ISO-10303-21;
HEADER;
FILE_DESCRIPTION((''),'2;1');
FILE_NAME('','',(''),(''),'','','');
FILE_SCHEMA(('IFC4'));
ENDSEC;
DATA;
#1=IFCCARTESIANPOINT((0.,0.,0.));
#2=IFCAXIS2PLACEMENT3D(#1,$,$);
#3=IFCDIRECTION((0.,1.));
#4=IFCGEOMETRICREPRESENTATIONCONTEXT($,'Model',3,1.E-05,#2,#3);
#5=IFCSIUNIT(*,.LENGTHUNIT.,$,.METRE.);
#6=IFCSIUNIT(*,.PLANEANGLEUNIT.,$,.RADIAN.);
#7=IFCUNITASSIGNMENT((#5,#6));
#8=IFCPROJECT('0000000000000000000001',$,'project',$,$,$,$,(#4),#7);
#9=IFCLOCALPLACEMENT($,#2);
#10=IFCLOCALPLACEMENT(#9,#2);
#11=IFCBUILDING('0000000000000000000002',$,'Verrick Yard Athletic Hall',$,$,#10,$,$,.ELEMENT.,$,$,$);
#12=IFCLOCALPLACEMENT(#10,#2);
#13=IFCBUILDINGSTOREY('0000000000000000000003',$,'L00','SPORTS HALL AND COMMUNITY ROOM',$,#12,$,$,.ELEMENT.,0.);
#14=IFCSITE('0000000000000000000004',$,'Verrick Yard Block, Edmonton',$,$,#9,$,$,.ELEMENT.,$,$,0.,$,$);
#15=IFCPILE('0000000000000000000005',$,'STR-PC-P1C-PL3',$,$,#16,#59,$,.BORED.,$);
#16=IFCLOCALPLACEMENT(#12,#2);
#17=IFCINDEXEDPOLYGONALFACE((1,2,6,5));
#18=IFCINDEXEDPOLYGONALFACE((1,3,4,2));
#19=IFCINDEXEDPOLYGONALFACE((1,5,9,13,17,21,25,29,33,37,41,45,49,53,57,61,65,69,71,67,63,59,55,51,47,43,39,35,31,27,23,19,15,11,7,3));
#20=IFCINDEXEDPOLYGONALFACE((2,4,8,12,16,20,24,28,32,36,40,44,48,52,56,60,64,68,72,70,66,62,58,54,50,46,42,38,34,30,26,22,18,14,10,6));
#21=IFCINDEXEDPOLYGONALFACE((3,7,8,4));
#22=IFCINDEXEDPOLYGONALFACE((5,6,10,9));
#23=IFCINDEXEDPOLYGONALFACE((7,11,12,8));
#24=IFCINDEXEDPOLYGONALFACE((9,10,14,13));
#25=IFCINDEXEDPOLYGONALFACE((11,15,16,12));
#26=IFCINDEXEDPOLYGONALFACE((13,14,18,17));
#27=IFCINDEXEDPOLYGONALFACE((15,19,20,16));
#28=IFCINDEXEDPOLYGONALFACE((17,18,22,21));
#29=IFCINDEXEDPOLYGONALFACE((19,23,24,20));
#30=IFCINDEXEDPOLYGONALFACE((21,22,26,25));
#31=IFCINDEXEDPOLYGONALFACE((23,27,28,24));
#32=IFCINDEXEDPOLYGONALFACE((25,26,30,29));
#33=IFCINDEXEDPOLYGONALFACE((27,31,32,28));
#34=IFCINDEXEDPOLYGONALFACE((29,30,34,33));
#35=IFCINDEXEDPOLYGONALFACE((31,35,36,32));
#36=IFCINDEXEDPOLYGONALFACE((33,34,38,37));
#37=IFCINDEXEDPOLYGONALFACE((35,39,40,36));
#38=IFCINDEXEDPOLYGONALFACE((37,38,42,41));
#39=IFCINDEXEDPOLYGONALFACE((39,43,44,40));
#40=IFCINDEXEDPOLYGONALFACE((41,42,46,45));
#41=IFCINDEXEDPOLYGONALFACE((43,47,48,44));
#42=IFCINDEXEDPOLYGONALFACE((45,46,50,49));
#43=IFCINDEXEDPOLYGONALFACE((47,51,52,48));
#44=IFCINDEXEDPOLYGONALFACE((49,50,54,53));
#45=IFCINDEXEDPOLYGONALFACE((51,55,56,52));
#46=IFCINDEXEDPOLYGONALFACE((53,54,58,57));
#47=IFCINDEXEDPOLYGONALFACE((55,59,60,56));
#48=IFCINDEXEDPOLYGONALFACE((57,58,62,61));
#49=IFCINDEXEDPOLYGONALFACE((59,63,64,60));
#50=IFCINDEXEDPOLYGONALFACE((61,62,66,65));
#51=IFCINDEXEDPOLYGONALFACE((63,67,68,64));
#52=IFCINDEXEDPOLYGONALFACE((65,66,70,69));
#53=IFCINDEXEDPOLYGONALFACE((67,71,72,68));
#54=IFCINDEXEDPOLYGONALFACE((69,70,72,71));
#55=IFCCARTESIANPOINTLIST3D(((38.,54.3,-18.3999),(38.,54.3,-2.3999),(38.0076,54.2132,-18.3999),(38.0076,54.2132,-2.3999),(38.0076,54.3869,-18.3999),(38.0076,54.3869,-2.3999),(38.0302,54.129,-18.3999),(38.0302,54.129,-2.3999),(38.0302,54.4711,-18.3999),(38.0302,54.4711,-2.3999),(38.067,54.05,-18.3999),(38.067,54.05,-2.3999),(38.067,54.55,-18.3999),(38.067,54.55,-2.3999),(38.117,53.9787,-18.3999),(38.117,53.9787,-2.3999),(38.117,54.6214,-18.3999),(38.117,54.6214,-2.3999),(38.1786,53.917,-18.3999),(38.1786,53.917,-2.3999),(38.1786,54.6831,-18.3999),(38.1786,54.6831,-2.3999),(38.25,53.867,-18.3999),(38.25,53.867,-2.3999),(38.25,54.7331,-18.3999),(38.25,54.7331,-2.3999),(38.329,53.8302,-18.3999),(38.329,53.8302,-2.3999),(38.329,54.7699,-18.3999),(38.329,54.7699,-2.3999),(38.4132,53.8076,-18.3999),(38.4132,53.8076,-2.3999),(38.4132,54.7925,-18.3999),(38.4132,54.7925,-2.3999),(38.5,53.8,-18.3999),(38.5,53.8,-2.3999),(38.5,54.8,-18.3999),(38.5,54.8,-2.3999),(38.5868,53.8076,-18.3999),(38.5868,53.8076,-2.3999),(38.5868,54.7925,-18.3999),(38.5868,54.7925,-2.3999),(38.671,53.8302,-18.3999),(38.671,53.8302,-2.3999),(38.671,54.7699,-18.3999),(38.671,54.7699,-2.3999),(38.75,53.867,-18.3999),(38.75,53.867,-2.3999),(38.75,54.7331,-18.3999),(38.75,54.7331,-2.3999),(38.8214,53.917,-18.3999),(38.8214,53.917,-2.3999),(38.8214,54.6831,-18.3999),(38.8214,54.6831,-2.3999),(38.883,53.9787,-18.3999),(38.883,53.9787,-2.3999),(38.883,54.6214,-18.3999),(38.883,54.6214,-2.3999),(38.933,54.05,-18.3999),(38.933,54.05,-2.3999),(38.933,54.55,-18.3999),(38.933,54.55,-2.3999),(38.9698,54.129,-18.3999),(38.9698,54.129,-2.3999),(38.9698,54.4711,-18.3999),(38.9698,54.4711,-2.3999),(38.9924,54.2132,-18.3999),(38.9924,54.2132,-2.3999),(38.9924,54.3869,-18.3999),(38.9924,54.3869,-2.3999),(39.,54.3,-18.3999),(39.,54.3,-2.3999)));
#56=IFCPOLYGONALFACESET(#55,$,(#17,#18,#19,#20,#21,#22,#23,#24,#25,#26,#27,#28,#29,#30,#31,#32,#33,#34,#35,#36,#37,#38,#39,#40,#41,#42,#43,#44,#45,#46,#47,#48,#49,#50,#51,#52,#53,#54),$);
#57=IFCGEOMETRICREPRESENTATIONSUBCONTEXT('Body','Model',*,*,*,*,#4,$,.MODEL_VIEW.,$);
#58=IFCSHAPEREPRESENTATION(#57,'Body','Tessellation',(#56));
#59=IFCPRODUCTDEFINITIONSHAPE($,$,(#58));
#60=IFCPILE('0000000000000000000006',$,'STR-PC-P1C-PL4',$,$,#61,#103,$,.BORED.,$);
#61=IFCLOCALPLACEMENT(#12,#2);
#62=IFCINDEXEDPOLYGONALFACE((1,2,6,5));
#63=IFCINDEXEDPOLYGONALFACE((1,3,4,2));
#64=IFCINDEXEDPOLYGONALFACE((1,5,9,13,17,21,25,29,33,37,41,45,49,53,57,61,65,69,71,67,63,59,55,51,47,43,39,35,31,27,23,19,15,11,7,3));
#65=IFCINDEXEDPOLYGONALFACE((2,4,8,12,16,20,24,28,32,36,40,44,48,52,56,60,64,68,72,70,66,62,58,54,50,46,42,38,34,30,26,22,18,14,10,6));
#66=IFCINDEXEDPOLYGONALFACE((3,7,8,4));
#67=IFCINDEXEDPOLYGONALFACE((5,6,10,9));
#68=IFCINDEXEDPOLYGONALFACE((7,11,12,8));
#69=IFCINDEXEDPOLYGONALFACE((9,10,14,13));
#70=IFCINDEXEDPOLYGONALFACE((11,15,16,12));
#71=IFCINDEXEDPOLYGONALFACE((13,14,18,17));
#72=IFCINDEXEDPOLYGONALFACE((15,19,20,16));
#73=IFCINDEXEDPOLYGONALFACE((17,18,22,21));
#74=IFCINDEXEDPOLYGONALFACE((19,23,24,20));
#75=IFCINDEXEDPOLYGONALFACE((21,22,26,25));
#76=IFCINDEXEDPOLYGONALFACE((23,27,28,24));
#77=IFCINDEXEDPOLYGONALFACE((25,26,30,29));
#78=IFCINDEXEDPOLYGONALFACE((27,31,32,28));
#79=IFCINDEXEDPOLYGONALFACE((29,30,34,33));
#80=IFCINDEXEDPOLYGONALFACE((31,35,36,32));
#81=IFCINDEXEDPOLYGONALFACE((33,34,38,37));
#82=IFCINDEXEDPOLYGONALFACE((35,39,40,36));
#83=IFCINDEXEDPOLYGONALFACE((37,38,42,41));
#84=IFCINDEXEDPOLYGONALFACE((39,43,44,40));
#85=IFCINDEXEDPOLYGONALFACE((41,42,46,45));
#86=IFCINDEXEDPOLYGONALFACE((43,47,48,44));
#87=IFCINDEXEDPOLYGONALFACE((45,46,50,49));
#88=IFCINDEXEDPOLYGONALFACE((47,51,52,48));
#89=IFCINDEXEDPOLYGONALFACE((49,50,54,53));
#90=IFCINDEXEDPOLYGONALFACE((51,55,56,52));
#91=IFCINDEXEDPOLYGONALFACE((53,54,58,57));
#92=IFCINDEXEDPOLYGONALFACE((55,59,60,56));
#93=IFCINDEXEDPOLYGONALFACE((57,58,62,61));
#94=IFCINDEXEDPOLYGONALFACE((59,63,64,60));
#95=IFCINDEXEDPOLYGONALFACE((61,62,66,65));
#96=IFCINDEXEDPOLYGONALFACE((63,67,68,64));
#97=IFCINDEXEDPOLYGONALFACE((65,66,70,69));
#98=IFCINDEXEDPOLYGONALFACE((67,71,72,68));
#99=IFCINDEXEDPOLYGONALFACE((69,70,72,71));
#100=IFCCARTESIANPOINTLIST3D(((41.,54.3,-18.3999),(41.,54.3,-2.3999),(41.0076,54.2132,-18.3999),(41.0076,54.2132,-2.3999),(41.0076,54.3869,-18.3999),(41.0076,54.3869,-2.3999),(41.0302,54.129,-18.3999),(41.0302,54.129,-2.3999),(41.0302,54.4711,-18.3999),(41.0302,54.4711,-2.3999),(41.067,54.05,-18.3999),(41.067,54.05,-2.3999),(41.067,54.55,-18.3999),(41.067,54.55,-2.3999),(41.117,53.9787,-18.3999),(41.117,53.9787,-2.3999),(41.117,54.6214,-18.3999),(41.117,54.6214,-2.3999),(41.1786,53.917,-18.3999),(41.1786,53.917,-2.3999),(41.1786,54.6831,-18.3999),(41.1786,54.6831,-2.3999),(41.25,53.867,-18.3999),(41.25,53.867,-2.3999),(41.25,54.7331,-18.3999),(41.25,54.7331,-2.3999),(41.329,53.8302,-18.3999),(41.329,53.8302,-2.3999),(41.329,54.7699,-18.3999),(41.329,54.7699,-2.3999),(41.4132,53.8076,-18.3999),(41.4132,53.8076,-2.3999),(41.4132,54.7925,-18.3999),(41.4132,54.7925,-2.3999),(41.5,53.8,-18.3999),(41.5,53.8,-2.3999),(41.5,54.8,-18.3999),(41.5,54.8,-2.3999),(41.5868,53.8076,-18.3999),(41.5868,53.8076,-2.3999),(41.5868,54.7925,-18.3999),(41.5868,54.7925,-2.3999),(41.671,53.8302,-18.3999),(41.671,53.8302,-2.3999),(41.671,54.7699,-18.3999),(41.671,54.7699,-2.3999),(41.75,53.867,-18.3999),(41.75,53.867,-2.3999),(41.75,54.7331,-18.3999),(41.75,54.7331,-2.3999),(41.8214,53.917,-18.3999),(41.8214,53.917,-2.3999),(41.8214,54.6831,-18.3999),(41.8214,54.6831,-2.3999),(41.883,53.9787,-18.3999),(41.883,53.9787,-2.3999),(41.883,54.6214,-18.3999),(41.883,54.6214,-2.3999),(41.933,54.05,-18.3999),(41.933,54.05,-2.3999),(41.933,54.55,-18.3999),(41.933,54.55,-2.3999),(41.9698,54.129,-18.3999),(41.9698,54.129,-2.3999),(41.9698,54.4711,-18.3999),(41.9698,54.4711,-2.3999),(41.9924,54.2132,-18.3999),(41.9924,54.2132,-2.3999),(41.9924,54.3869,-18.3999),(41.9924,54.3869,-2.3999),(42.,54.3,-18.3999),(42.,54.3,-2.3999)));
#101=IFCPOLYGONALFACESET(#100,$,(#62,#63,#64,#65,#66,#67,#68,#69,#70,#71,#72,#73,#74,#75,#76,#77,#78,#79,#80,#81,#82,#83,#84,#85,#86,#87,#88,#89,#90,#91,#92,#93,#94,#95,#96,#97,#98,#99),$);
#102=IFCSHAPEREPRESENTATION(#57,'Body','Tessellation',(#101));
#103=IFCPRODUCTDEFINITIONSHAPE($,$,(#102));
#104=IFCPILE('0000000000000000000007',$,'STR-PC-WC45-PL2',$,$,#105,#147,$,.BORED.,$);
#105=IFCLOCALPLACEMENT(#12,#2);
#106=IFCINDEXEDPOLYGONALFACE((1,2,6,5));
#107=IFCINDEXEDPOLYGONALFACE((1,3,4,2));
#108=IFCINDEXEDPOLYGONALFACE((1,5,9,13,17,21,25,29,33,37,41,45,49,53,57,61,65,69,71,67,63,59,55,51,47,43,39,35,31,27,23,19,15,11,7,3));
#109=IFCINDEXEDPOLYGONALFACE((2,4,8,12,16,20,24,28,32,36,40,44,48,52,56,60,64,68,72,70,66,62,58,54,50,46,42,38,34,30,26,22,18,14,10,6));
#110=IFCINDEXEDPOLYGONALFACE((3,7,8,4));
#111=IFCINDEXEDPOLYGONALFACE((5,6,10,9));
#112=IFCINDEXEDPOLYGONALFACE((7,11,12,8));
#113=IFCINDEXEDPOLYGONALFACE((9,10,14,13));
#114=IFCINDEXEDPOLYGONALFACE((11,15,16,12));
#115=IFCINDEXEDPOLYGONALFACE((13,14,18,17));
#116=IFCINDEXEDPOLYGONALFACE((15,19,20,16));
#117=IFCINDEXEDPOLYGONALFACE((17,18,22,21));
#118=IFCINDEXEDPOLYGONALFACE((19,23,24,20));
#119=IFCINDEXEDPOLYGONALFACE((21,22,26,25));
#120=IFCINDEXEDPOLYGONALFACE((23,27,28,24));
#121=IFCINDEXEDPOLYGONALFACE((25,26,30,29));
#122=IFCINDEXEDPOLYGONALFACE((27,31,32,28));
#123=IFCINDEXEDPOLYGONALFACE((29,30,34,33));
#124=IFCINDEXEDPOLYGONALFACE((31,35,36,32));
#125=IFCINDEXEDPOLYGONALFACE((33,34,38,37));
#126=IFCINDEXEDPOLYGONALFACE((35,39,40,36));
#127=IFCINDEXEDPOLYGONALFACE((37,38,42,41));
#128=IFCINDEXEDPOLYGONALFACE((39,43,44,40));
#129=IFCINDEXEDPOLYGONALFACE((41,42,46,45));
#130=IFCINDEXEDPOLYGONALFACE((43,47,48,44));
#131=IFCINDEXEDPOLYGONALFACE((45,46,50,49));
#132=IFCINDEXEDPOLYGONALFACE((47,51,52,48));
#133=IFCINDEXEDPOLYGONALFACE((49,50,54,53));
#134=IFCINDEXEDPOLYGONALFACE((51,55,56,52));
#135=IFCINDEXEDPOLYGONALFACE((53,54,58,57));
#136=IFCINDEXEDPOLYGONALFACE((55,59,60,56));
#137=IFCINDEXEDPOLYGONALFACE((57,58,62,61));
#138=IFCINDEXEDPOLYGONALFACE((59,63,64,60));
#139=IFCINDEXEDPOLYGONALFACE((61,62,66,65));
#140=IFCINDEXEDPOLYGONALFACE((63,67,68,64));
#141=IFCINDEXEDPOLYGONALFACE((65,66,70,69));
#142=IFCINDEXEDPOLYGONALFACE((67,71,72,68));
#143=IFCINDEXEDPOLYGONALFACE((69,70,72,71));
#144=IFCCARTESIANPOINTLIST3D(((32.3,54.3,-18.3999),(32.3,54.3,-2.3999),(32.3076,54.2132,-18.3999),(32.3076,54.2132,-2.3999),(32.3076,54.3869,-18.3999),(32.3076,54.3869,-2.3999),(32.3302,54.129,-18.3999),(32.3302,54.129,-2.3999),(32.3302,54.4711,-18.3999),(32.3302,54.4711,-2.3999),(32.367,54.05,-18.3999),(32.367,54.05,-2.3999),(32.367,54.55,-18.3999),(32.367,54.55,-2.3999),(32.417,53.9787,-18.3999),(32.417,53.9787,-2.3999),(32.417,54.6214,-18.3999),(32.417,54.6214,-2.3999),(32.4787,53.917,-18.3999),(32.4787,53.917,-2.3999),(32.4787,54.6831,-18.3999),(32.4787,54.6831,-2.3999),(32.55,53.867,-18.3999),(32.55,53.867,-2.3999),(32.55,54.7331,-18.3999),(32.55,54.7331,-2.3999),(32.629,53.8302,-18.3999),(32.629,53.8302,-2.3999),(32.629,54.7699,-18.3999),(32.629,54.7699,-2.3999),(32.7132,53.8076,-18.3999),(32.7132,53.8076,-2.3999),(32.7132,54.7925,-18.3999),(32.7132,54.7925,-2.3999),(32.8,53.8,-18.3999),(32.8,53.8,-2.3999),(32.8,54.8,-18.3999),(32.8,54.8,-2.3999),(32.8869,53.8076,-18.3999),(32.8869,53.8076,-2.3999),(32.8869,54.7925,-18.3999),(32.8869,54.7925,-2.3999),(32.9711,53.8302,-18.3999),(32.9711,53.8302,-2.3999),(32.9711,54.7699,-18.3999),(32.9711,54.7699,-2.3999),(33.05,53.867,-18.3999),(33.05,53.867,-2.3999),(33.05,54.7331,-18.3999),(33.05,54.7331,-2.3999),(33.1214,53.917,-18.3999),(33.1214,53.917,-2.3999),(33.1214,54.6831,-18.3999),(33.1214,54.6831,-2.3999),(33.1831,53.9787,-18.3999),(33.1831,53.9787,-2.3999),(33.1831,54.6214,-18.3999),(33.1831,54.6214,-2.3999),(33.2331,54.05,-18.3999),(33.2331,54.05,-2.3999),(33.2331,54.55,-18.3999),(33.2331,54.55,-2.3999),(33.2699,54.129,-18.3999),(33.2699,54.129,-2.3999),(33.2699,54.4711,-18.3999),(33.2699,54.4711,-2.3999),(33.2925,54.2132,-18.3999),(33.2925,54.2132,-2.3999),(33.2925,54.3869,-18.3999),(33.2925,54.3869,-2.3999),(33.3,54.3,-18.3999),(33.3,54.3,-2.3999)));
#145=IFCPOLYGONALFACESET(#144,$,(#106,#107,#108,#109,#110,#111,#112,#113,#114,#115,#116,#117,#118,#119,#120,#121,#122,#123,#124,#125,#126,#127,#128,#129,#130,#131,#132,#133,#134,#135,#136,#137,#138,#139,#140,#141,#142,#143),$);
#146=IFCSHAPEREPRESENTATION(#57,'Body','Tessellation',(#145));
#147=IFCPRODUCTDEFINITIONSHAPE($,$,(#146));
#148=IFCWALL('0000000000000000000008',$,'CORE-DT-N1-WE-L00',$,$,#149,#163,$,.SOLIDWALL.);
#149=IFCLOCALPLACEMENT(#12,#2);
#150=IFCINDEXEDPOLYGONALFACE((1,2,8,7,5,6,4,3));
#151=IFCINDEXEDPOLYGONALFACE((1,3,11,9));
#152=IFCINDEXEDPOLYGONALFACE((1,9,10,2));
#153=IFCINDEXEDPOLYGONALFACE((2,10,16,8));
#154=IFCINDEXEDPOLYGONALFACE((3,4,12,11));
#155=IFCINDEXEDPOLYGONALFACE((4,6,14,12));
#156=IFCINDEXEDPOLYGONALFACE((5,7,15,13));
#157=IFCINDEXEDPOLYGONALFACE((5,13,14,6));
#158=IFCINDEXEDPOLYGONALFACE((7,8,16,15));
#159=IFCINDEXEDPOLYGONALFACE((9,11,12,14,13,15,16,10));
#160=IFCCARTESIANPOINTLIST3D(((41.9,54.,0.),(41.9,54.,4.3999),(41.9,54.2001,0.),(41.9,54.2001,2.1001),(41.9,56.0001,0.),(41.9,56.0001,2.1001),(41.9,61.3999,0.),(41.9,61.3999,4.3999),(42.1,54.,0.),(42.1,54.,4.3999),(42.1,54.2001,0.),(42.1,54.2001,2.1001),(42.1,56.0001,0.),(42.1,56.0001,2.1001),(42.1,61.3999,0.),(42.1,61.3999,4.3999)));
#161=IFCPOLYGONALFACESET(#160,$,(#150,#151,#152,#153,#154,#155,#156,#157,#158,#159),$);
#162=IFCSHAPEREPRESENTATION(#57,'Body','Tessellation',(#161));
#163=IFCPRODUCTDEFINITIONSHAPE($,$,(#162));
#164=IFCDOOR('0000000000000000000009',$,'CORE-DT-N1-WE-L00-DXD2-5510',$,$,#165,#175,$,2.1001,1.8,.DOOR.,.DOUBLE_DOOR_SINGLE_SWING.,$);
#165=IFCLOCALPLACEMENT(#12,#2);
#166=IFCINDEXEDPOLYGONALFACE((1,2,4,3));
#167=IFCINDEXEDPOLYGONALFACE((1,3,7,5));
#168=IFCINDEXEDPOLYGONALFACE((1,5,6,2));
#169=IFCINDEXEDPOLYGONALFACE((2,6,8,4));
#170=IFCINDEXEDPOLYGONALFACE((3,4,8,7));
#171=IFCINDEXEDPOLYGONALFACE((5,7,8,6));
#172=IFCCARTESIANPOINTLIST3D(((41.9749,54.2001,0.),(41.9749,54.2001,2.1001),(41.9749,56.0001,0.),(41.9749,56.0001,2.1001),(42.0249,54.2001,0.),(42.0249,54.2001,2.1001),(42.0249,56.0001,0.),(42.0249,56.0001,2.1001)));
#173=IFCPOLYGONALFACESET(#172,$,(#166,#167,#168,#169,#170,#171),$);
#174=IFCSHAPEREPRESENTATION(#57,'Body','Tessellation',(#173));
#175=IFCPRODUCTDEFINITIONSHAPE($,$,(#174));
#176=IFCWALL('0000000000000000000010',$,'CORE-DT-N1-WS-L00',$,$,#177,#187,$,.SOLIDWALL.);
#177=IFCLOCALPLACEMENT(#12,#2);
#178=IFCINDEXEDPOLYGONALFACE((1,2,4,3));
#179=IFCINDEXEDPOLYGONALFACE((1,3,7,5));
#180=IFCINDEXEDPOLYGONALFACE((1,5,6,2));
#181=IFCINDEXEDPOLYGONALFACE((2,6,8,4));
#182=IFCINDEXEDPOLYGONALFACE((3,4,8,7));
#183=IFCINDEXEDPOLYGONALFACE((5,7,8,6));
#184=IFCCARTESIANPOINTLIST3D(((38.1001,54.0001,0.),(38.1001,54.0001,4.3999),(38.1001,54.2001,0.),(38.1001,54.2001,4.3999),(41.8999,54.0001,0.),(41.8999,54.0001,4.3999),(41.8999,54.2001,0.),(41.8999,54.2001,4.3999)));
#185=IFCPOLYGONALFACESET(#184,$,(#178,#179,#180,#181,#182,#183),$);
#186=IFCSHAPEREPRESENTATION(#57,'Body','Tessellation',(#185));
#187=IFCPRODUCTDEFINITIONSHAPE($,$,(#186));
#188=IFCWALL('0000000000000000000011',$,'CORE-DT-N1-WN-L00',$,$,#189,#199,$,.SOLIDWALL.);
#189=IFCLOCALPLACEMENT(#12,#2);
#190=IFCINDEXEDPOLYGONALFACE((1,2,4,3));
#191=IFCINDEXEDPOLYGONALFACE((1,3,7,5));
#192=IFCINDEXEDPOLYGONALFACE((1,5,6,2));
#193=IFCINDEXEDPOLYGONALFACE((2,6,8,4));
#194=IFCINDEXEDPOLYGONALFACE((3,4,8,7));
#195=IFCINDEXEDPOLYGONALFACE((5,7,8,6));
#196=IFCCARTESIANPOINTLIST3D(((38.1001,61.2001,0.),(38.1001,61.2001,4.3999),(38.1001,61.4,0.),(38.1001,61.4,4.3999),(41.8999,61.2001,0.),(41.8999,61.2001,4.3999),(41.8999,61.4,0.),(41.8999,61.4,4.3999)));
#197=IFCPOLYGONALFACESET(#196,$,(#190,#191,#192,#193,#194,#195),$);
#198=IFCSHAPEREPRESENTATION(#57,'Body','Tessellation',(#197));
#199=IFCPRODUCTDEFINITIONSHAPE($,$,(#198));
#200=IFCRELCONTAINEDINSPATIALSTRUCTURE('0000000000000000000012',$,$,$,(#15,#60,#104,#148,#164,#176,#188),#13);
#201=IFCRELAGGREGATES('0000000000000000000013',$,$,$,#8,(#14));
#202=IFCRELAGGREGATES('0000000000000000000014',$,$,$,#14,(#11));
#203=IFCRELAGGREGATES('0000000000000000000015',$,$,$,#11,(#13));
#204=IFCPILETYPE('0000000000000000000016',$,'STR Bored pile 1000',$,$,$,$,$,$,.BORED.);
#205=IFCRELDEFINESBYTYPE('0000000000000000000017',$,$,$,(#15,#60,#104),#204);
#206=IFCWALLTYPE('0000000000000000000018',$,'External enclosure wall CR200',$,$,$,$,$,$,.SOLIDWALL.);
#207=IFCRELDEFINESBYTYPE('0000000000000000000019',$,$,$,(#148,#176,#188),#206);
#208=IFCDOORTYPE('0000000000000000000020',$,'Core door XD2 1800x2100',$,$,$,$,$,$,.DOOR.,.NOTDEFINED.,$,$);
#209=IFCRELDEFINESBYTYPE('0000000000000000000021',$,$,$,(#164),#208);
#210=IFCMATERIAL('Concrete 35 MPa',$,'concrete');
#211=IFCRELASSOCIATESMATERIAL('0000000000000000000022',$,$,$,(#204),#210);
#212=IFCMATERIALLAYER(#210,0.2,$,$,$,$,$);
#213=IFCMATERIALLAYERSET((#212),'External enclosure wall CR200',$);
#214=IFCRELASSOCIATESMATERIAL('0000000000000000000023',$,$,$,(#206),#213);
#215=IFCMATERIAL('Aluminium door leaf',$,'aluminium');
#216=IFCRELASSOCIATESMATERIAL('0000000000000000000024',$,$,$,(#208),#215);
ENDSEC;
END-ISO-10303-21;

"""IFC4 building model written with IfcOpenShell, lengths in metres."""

from ifc_helpers import new_model, si_unit, direction, frame, frame_2d, origin, origin_2d, place, context, subcontext, project, spatial, rectangle, circle, extrude, material, layer, layer_set, type_object, element, fill, save


model = new_model("IFC4")

# Units and contexts
model_context = context("Model", 3, precision=1e-05, world=origin(), true_north=direction((0.0, 1.0)))
body_context = subcontext(model_context, "Body", "Model", "MODEL_VIEW")
ifc_project = project(units=[si_unit("LENGTHUNIT", "METRE"), si_unit("PLANEANGLEUNIT", "RADIAN")], contexts=[model_context])

# Site, building, storey
site_placement = place(None, origin())
site = spatial("IfcSite", under=ifc_project, at=site_placement, Name="Verrick Yard Block, Edmonton", CompositionType="ELEMENT", RefElevation=0.0)
building_placement = place(site_placement, origin())
building = spatial("IfcBuilding", under=site, at=building_placement, Name="Verrick Yard Athletic Hall", CompositionType="ELEMENT")
storey_placement = place(building_placement, origin())
storey = spatial("IfcBuildingStorey", under=building, at=storey_placement, Name="L00", Description="SPORTS HALL AND COMMUNITY ROOM", CompositionType="ELEMENT", Elevation=0.0)

# Piles
ifc_material_1 = material(Name="Concrete 35 MPa", Category="concrete")
pile_type = type_object("IfcPileType", Name="STR Bored pile 1000", PredefinedType="BORED", material=ifc_material_1)
for number, where, z_axis, x_axis, name in (
    (1, (38.5, 54.3, -2.3999), (0.0, 0.0, -1.0), (1.0, 0.0, 0.0), "STR-PC-P1C-PL3"),
    (2, (41.5, 54.3, -2.3999), (0.0, 0.0, -1.0), (1.0, 0.0, 0.0), "STR-PC-P1C-PL4"),
    (3, (32.8, 54.3, -2.3999), (0.0, 0.0, -1.0), (1.0, 0.0, 0.0), "STR-PC-WC45-PL2"),
):
    element("IfcPile", number, at=place(storey_placement, frame(where, z_axis=z_axis, x_axis=x_axis)), inside=storey, type_object=pile_type, Name=name, PredefinedType="BORED", context=body_context, shape_type="SweptSolid", body=[
        extrude(circle(Radius=0.5, at=origin_2d()), origin(), (0.0, 0.0, 1.0), 16.0),
    ])

# Wall, opening, door
ifc_layer_1 = layer(ifc_material_1, 0.2)
ifc_layer_set_1 = layer_set([ifc_layer_1], Name="External enclosure wall CR200")
wall_type = type_object("IfcWallType", Name="External enclosure wall CR200", PredefinedType="SOLIDWALL", material=ifc_layer_set_1)
wall_placement = place(storey_placement, frame((42.0, 61.3999, 0.0), z_axis=(0.0, 0.0, 1.0), x_axis=(0.0, -1.0, 0.0)))
wall = element("IfcWall", 4, at=wall_placement, inside=storey, type_object=wall_type, Name="CORE-DT-N1-WE-L00", PredefinedType="SOLIDWALL", context=body_context, shape_type="SweptSolid", body=[
    extrude(rectangle(XDim=7.3999, YDim=0.2, at=frame_2d((3.7, 0.0))), origin(), (0.0, 0.0, 1.0), 4.3999),
])
opening_placement = place(wall_placement, frame((5.3999, 0.0, 0.0)))
opening = element("IfcOpeningElement", 5, at=opening_placement, cuts=wall, PredefinedType="OPENING", context=body_context, shape_type="SweptSolid", body=[
    extrude(rectangle(XDim=1.8, YDim=2.1001, at=frame_2d((0.8999, 1.05))), frame((0.0, 0.1099, 0.0), z_axis=(0.0, -1.0, 0.0), x_axis=(1.0, 0.0, 0.0)), (0.0, 0.0, 1.0), 0.22),
])
ifc_material_2 = material(Name="Aluminium door leaf", Category="aluminium")
door_type = type_object("IfcDoorType", Name="Core door XD2 1800x2100", OperationType="NOTDEFINED", PredefinedType="DOOR", material=ifc_material_2)
door_placement = place(opening_placement, origin())
door = element("IfcDoor", 6, at=door_placement, inside=storey, type_object=door_type, Name="CORE-DT-N1-WE-L00-DXD2-5510", OperationType="DOUBLE_DOOR_SINGLE_SWING", OverallHeight=2.1001, OverallWidth=1.8, PredefinedType="DOOR", context=body_context, shape_type="SweptSolid", body=[
    extrude(rectangle(XDim=1.8, YDim=2.1001, at=frame_2d((0.8999, 1.05))), frame((0.0, 0.0249, 0.0), z_axis=(0.0, -1.0, 0.0), x_axis=(1.0, 0.0, 0.0)), (0.0, 0.0, 1.0), 0.05),
])
fill(opening, door)

# Walls
for number, where, z_axis, x_axis, name in (
    (7, (38.1001, 54.1001, 0.0), (0.0, 0.0, 1.0), (1.0, 0.0, 0.0), "CORE-DT-N1-WS-L00"),
    (8, (38.1001, 61.3, 0.0), (0.0, 0.0, 1.0), (1.0, 0.0, 0.0), "CORE-DT-N1-WN-L00"),
):
    element("IfcWall", number, at=place(storey_placement, frame(where, z_axis=z_axis, x_axis=x_axis)), inside=storey, type_object=wall_type, Name=name, PredefinedType="SOLIDWALL", context=body_context, shape_type="SweptSolid", body=[
        extrude(rectangle(XDim=3.7998, YDim=0.2, at=frame_2d((1.8999, 0.0))), origin(), (0.0, 0.0, 1.0), 4.3999),
    ])

save(model, "model.ifc")
